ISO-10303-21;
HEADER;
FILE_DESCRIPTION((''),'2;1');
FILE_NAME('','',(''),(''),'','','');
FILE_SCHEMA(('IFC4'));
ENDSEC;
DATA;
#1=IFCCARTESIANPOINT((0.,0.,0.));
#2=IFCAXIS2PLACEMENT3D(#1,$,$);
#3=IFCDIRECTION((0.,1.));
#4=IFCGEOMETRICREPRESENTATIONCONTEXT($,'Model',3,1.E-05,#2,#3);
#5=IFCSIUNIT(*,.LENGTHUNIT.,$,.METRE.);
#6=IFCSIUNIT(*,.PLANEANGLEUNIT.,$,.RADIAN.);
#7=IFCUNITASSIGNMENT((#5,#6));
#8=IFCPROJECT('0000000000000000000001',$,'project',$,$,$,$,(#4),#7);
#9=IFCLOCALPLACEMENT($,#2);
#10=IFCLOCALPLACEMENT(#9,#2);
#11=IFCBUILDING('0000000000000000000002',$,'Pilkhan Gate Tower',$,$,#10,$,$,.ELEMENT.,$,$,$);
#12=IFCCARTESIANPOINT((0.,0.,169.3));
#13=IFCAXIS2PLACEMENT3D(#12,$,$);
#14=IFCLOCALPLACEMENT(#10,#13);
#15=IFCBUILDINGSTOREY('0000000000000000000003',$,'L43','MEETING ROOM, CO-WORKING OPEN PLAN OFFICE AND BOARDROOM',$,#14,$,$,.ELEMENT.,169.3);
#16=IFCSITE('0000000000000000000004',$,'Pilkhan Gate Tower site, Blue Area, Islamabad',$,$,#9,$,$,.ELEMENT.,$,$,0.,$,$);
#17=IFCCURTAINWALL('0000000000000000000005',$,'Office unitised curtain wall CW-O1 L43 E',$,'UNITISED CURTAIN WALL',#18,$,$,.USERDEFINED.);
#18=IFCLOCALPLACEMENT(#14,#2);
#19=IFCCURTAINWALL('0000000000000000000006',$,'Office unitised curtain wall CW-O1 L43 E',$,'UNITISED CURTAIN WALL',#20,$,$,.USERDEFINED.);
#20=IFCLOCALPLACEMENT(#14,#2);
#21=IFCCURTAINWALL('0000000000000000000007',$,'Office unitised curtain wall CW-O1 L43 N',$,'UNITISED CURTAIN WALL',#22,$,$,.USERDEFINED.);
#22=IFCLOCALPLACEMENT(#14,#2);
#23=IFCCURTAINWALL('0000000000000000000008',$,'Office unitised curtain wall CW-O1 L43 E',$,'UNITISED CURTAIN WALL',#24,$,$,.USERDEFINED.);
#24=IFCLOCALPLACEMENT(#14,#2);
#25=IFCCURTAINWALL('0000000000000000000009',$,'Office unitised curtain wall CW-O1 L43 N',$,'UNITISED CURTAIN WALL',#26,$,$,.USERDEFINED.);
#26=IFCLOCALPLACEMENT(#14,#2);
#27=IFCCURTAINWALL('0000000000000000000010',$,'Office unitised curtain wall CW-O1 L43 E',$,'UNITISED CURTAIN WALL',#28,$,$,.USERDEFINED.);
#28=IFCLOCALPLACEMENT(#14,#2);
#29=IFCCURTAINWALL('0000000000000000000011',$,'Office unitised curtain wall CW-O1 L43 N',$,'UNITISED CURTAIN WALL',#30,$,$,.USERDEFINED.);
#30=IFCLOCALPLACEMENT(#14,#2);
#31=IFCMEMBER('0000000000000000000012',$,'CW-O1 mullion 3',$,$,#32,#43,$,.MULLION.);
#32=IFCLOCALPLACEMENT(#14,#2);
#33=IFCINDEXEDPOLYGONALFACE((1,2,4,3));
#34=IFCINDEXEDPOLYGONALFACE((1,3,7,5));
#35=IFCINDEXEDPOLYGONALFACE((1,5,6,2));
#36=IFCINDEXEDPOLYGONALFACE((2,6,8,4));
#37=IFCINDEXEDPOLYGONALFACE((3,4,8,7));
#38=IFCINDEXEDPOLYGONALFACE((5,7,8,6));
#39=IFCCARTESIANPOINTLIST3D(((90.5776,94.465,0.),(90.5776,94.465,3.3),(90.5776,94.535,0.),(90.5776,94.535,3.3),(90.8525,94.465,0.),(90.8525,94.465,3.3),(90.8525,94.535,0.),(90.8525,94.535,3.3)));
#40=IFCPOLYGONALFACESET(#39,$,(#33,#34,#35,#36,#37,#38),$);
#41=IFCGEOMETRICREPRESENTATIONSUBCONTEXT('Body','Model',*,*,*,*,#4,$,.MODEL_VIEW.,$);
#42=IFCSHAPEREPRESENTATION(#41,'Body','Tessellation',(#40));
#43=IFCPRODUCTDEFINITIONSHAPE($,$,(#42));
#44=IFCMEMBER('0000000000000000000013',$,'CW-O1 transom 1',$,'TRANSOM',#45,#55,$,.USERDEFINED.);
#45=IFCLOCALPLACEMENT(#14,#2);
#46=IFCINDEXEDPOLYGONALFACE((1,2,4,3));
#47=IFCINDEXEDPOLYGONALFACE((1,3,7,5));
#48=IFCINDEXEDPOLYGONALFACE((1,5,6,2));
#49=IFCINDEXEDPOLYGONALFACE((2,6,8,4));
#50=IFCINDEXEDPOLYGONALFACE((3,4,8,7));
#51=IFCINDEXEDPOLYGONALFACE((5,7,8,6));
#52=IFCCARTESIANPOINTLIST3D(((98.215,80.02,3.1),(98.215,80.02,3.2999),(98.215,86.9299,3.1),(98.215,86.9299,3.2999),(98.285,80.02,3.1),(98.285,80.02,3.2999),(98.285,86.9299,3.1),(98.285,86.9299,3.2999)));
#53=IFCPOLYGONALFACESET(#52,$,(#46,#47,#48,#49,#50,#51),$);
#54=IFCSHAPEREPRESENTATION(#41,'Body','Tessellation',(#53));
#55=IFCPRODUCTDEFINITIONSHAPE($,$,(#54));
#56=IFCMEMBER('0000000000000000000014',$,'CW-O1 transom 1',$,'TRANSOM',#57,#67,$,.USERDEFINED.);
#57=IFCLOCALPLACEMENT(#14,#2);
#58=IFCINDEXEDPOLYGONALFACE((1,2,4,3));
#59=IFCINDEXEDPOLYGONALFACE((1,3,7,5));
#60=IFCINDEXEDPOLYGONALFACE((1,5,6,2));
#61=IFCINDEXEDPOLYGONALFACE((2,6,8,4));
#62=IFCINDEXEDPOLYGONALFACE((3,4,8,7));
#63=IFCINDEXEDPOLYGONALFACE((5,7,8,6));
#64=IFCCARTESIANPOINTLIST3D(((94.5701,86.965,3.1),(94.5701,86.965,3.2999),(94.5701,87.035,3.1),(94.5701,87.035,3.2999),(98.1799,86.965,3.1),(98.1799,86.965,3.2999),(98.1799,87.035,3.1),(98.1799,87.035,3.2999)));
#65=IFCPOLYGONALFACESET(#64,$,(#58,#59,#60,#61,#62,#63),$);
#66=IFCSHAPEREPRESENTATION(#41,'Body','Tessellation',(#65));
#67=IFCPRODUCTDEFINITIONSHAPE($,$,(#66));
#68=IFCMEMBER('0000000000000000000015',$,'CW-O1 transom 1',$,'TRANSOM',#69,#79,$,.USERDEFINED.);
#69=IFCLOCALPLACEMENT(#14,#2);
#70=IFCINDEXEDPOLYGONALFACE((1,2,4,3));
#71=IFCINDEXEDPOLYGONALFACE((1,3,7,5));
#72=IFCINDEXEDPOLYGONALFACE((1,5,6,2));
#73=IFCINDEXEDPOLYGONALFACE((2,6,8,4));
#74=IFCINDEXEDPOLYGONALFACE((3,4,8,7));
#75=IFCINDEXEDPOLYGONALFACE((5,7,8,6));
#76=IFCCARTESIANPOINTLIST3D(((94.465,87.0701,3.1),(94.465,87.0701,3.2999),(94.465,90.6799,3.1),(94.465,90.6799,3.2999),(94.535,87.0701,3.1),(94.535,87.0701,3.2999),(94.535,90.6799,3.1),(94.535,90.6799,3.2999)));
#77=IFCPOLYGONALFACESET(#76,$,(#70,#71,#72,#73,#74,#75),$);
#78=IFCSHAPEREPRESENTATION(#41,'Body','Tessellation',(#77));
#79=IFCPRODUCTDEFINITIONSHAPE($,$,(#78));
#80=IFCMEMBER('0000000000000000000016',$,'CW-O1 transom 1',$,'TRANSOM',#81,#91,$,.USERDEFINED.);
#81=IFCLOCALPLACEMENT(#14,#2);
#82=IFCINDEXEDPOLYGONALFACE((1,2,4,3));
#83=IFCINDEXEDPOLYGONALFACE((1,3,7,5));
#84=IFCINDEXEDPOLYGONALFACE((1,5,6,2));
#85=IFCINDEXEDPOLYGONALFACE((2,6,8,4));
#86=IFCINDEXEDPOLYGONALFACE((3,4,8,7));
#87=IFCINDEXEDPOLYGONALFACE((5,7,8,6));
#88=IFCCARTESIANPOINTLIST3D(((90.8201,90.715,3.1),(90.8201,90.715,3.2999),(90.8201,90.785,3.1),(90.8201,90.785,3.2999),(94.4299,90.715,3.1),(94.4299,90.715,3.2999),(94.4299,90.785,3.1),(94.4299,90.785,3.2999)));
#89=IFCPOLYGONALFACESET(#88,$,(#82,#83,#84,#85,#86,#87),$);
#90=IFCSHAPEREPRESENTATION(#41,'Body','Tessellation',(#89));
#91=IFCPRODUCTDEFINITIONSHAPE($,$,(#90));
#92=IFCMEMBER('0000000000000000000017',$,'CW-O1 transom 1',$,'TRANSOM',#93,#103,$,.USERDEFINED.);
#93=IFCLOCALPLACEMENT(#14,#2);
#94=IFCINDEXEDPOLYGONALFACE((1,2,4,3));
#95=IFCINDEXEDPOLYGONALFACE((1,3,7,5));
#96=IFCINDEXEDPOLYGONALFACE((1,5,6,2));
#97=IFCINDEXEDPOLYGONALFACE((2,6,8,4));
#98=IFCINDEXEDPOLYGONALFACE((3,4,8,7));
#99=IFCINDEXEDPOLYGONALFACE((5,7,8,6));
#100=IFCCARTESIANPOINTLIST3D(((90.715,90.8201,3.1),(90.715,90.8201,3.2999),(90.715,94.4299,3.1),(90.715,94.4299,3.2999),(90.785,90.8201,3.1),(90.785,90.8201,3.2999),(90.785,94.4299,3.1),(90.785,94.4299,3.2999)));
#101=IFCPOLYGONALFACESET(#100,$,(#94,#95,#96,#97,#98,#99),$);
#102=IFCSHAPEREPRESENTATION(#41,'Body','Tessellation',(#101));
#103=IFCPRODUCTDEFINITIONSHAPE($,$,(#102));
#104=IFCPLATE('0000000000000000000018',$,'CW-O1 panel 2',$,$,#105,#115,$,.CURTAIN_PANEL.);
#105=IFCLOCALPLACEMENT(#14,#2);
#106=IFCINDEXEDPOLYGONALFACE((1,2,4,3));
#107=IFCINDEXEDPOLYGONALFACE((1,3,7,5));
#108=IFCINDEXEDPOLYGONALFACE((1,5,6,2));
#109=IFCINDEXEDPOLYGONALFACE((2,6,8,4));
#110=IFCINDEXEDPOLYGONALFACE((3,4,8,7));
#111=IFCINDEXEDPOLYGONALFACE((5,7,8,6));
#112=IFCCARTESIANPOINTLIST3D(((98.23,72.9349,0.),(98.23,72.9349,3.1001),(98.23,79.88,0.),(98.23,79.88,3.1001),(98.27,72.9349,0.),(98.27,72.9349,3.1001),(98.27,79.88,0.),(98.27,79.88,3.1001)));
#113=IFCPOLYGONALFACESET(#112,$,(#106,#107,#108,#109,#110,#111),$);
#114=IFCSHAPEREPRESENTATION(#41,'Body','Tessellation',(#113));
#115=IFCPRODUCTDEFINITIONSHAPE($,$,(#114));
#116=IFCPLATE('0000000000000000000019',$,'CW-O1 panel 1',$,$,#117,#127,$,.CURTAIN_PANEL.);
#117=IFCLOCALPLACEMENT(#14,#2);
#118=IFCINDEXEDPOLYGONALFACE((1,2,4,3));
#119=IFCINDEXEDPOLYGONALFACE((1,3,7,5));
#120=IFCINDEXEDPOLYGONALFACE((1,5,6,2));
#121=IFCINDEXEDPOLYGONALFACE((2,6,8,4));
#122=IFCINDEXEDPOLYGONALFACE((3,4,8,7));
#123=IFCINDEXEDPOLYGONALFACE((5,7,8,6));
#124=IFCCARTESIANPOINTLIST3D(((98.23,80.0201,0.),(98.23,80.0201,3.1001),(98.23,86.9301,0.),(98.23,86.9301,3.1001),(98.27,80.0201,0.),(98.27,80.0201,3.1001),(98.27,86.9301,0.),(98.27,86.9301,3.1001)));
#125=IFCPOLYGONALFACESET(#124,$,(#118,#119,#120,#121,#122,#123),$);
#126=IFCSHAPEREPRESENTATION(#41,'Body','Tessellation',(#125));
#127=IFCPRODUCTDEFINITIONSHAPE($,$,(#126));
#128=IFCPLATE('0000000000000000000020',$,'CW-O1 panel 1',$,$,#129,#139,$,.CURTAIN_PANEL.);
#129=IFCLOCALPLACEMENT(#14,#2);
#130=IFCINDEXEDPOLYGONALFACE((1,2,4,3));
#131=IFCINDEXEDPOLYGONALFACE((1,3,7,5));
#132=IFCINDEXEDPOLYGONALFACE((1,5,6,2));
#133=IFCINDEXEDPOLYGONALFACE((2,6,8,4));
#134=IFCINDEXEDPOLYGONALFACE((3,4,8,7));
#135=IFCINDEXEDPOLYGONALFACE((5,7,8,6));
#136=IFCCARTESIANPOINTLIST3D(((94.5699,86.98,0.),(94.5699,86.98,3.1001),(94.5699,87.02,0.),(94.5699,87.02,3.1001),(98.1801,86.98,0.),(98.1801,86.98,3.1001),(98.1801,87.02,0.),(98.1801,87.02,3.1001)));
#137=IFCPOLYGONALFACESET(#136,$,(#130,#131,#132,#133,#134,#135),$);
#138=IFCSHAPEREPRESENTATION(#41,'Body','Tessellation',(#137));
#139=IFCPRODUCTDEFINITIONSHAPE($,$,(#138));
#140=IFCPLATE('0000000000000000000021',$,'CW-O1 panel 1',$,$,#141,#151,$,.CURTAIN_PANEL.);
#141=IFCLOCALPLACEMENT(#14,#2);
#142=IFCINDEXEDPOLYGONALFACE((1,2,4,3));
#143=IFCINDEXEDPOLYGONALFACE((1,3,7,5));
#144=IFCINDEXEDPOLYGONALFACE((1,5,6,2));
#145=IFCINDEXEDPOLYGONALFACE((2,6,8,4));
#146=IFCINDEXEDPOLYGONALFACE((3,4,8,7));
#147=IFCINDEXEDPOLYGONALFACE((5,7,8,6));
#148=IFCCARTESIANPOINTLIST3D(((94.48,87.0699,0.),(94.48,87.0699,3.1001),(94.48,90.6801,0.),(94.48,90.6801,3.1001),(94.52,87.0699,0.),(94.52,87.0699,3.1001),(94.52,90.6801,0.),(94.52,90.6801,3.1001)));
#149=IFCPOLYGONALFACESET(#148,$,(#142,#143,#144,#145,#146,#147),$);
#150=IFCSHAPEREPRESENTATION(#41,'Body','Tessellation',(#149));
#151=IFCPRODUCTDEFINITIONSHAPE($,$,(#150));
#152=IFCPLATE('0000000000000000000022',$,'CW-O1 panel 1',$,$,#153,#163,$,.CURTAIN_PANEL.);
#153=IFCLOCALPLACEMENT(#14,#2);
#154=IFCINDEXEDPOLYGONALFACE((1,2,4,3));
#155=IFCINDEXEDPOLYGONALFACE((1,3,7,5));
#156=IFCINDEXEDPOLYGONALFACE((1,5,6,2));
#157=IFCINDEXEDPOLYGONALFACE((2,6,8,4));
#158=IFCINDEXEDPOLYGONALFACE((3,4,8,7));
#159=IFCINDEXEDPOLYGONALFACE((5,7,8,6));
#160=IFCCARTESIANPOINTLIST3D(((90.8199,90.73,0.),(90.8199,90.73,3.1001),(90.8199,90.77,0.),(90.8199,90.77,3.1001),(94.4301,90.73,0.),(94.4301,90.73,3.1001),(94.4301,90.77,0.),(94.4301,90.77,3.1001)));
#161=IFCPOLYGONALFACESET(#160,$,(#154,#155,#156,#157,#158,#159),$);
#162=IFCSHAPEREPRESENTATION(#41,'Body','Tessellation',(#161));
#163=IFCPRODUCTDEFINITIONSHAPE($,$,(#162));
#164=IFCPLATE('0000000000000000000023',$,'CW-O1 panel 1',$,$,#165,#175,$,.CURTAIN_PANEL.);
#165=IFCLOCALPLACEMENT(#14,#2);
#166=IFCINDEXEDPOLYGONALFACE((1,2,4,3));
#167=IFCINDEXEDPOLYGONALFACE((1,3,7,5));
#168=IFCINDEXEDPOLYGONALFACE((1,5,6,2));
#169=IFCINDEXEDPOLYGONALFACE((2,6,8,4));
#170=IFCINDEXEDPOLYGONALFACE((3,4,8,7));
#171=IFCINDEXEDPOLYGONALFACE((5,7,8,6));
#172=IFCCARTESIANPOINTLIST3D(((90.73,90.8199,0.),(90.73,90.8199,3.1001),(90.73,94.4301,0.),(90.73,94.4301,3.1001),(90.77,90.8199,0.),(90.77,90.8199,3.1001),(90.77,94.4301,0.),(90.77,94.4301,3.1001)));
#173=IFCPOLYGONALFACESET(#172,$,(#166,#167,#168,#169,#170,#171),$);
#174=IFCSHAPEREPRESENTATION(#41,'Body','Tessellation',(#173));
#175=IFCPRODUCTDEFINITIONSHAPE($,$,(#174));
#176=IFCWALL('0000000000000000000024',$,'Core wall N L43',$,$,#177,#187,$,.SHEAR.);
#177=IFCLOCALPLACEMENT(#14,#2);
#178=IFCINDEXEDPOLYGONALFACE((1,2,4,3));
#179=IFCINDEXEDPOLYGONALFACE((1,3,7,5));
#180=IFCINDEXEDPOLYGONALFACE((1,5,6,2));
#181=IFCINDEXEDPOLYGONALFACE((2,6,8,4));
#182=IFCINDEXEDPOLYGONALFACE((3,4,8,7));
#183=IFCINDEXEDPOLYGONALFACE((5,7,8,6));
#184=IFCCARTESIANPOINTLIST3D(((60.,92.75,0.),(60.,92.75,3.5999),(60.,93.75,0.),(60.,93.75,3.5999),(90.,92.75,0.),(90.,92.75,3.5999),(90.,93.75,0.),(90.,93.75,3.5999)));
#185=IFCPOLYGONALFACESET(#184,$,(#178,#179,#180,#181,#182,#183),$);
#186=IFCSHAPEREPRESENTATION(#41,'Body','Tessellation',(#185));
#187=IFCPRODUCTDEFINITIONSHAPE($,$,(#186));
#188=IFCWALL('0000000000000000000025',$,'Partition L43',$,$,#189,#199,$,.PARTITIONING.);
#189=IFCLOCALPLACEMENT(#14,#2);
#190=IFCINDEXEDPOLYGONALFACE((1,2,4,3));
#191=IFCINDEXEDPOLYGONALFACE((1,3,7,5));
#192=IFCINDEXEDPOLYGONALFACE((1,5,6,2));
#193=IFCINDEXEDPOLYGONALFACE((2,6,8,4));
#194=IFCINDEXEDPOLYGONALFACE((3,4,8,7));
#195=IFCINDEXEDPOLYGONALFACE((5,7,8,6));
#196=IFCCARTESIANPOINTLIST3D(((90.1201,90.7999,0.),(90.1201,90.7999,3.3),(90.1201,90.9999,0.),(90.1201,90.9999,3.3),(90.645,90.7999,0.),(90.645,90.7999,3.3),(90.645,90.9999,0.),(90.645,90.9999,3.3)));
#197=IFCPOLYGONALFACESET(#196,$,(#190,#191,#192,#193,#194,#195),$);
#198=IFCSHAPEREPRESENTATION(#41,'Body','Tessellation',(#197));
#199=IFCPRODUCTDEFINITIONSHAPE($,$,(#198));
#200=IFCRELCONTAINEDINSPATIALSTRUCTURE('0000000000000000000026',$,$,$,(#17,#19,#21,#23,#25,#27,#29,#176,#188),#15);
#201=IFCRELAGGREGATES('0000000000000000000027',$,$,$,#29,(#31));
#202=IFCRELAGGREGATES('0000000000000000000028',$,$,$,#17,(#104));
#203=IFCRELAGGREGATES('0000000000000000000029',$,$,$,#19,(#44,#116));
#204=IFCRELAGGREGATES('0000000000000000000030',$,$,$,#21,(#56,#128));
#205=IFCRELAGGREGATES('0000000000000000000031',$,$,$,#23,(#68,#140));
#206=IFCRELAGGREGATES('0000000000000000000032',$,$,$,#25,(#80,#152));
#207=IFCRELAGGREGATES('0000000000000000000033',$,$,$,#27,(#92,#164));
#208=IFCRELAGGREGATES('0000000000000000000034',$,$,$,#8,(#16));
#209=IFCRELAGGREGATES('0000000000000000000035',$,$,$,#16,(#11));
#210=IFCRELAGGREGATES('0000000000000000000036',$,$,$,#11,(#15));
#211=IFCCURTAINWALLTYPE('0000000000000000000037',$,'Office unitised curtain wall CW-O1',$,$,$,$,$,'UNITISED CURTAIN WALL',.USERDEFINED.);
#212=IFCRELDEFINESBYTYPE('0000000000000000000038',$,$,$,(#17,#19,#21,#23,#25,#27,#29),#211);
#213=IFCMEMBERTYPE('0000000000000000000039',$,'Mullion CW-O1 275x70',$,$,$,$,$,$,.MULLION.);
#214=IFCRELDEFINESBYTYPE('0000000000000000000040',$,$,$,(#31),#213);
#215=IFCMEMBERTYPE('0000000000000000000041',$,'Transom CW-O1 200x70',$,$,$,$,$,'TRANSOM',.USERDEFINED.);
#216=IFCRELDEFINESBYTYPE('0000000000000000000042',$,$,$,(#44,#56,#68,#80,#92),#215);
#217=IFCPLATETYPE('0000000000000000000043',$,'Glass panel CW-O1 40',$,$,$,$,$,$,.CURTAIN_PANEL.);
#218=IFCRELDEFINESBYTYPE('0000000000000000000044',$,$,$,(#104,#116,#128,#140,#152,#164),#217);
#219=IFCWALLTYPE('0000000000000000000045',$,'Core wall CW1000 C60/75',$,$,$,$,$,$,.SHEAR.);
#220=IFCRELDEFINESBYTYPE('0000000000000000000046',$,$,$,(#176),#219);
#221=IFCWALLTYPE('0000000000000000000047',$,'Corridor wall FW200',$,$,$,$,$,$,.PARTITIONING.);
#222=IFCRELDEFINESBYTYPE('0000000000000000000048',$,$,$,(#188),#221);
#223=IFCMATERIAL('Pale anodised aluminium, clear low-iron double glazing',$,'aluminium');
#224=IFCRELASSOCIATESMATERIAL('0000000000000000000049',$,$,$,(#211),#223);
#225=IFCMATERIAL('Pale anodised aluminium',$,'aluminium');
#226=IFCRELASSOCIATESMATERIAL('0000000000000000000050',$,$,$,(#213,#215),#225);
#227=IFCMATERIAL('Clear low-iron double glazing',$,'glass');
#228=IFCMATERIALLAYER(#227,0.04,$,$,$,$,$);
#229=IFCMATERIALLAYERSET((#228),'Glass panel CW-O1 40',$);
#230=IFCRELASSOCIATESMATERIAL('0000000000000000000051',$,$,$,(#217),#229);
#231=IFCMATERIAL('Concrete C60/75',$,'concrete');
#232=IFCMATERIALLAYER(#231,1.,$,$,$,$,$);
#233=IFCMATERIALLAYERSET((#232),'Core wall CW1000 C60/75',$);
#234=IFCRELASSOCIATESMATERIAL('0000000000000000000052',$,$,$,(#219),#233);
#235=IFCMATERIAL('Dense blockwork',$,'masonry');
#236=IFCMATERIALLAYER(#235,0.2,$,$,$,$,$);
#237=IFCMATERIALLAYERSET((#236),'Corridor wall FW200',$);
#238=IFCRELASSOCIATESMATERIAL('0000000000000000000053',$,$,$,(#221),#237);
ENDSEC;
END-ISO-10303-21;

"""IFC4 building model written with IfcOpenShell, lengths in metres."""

from ifc_helpers import new_model, si_unit, direction, frame, frame_2d, origin, origin_2d, place, context, subcontext, project, spatial, rectangle, extrude, material, layer, layer_set, material_profile, profile_set, type_object, element, aggregate, save


model = new_model("IFC4")

# Units and contexts
model_context = context("Model", 3, precision=1e-05, world=origin(), true_north=direction((0.0, 1.0)))
body_context = subcontext(model_context, "Body", "Model", "MODEL_VIEW")
ifc_project = project(units=[si_unit("LENGTHUNIT", "METRE"), si_unit("PLANEANGLEUNIT", "RADIAN")], contexts=[model_context])

# Site, building, storey
site_placement = place(None, origin())
site = spatial("IfcSite", under=ifc_project, at=site_placement, Name="Pilkhan Gate Tower site, Blue Area, Islamabad", CompositionType="ELEMENT", RefElevation=0.0)
building_placement = place(site_placement, origin())
building = spatial("IfcBuilding", under=site, at=building_placement, Name="Pilkhan Gate Tower", CompositionType="ELEMENT")
storey_placement = place(building_placement, frame((0.0, 0.0, 169.3)))
storey = spatial("IfcBuildingStorey", under=building, at=storey_placement, Name="L43", Description="MEETING ROOM, CO-WORKING OPEN PLAN OFFICE AND BOARDROOM", CompositionType="ELEMENT", Elevation=169.3)

# Shared definitions
ifc_material_1 = material(Name="Concrete C60/75", Category="concrete")

# Curtain wall
ifc_material_2 = material(Name="Pale anodised aluminium, clear low-iron double glazing", Category="aluminium")
curtain_wall_type = type_object("IfcCurtainWallType", Name="Office unitised curtain wall CW-O1", ElementType="UNITISED CURTAIN WALL", PredefinedType="USERDEFINED", material=ifc_material_2)
curtain_wall_1_placement = place(storey_placement, origin())
curtain_wall_1 = element("IfcCurtainWall", 1, at=curtain_wall_1_placement, inside=storey, type_object=curtain_wall_type, Name="Office unitised curtain wall CW-O1 L43 E", ObjectType="UNITISED CURTAIN WALL", PredefinedType="USERDEFINED")
ifc_material_3 = material(Name="Pale anodised aluminium", Category="aluminium")
ifc_material_profile_1 = material_profile(ifc_material_3, rectangle(XDim=0.0701, YDim=0.2749, at=origin_2d()), Name="Mullion 275x70")
ifc_profile_set_1 = profile_set([ifc_material_profile_1], Name="Pale anodised aluminium")
member_type_1 = type_object("IfcMemberType", Name="Mullion CW-O1 275x70", PredefinedType="MULLION", material=ifc_profile_set_1)

# Curtain walls
curtain_wall_2_placement = place(storey_placement, origin())
curtain_wall_2 = element("IfcCurtainWall", 2, at=curtain_wall_2_placement, inside=storey, type_object=curtain_wall_type, Name="Office unitised curtain wall CW-O1 L43 E", ObjectType="UNITISED CURTAIN WALL", PredefinedType="USERDEFINED")
curtain_wall_3_placement = place(storey_placement, origin())
curtain_wall_3 = element("IfcCurtainWall", 3, at=curtain_wall_3_placement, inside=storey, type_object=curtain_wall_type, Name="Office unitised curtain wall CW-O1 L43 N", ObjectType="UNITISED CURTAIN WALL", PredefinedType="USERDEFINED")
curtain_wall_4_placement = place(storey_placement, origin())
curtain_wall_4 = element("IfcCurtainWall", 4, at=curtain_wall_4_placement, inside=storey, type_object=curtain_wall_type, Name="Office unitised curtain wall CW-O1 L43 E", ObjectType="UNITISED CURTAIN WALL", PredefinedType="USERDEFINED")
curtain_wall_5_placement = place(storey_placement, origin())
curtain_wall_5 = element("IfcCurtainWall", 5, at=curtain_wall_5_placement, inside=storey, type_object=curtain_wall_type, Name="Office unitised curtain wall CW-O1 L43 N", ObjectType="UNITISED CURTAIN WALL", PredefinedType="USERDEFINED")
curtain_wall_6_placement = place(storey_placement, origin())
curtain_wall_6 = element("IfcCurtainWall", 6, at=curtain_wall_6_placement, inside=storey, type_object=curtain_wall_type, Name="Office unitised curtain wall CW-O1 L43 E", ObjectType="UNITISED CURTAIN WALL", PredefinedType="USERDEFINED")

# Curtain wall, member
curtain_wall_7_placement = place(storey_placement, origin())
curtain_wall_7 = element("IfcCurtainWall", 7, at=curtain_wall_7_placement, inside=storey, type_object=curtain_wall_type, Name="Office unitised curtain wall CW-O1 L43 N", ObjectType="UNITISED CURTAIN WALL", PredefinedType="USERDEFINED")
member_1_placement = place(storey_placement, frame((90.7151, 94.5, 0.0), z_axis=(0.0, 0.0, 1.0), x_axis=(0.0, 1.0, 0.0)))
member_1 = element("IfcMember", 8, at=member_1_placement, type_object=member_type_1, Name="CW-O1 mullion 3", PredefinedType="MULLION", context=body_context, shape_type="SweptSolid", body=[
    extrude(rectangle(XDim=0.0701, YDim=0.2749, at=origin_2d()), origin(), (0.0, 0.0, 1.0), 3.3),
])
aggregate(curtain_wall_7, [member_1])

# Members
ifc_material_profile_2 = material_profile(ifc_material_3, rectangle(XDim=0.0701, YDim=0.2, at=origin_2d()), Name="Transom 200x70")
ifc_profile_set_2 = profile_set([ifc_material_profile_2], Name="Pale anodised aluminium")
member_type_2 = type_object("IfcMemberType", Name="Transom CW-O1 200x70", ElementType="TRANSOM", PredefinedType="USERDEFINED", material=ifc_profile_set_2)
member_2_placement = place(storey_placement, frame((98.25, 80.02, 3.2), z_axis=(0.0, 1.0, 0.0), x_axis=(-1.0, 0.0, 0.0)))
member_2 = element("IfcMember", 9, at=member_2_placement, type_object=member_type_2, Name="CW-O1 transom 1", ObjectType="TRANSOM", PredefinedType="USERDEFINED", context=body_context, shape_type="SweptSolid", body=[
    extrude(rectangle(XDim=0.0701, YDim=0.2, at=origin_2d()), origin(), (0.0, 0.0, 1.0), 6.9099),
])
member_3_placement = place(storey_placement, frame((94.5701, 87.0, 3.2), z_axis=(1.0, 0.0, 0.0), x_axis=(0.0, 1.0, 0.0)))
member_3 = element("IfcMember", 10, at=member_3_placement, type_object=member_type_2, Name="CW-O1 transom 1", ObjectType="TRANSOM", PredefinedType="USERDEFINED", context=body_context, shape_type="SweptSolid", body=[
    extrude(rectangle(XDim=0.0701, YDim=0.2, at=origin_2d()), origin(), (0.0, 0.0, 1.0), 3.6099),
])
member_4_placement = place(storey_placement, frame((94.5, 87.0701, 3.2), z_axis=(0.0, 1.0, 0.0), x_axis=(-1.0, 0.0, 0.0)))
member_4 = element("IfcMember", 11, at=member_4_placement, type_object=member_type_2, Name="CW-O1 transom 1", ObjectType="TRANSOM", PredefinedType="USERDEFINED", context=body_context, shape_type="SweptSolid", body=[
    extrude(rectangle(XDim=0.0701, YDim=0.2, at=origin_2d()), origin(), (0.0, 0.0, 1.0), 3.6099),
])
member_5_placement = place(storey_placement, frame((90.8201, 90.75, 3.2), z_axis=(1.0, 0.0, 0.0), x_axis=(0.0, 1.0, 0.0)))
member_5 = element("IfcMember", 12, at=member_5_placement, type_object=member_type_2, Name="CW-O1 transom 1", ObjectType="TRANSOM", PredefinedType="USERDEFINED", context=body_context, shape_type="SweptSolid", body=[
    extrude(rectangle(XDim=0.0701, YDim=0.2, at=origin_2d()), origin(), (0.0, 0.0, 1.0), 3.6099),
])
member_6_placement = place(storey_placement, frame((90.75, 90.8201, 3.2), z_axis=(0.0, 1.0, 0.0), x_axis=(-1.0, 0.0, 0.0)))
member_6 = element("IfcMember", 13, at=member_6_placement, type_object=member_type_2, Name="CW-O1 transom 1", ObjectType="TRANSOM", PredefinedType="USERDEFINED", context=body_context, shape_type="SweptSolid", body=[
    extrude(rectangle(XDim=0.0701, YDim=0.2, at=origin_2d()), origin(), (0.0, 0.0, 1.0), 3.6099),
])

# Plates
ifc_material_4 = material(Name="Clear low-iron double glazing", Category="glass")
ifc_layer_1 = layer(ifc_material_4, 0.04)
ifc_layer_set_1 = layer_set([ifc_layer_1], Name="Glass panel CW-O1 40")
plate_type = type_object("IfcPlateType", Name="Glass panel CW-O1 40", PredefinedType="CURTAIN_PANEL", material=ifc_layer_set_1)
plate_1_placement = place(storey_placement, frame((98.25, 76.4075, 0.0), z_axis=(0.0, 0.0, 1.0), x_axis=(0.0, 1.0, 0.0)))
plate_1 = element("IfcPlate", 14, at=plate_1_placement, type_object=plate_type, Name="CW-O1 panel 2", PredefinedType="CURTAIN_PANEL", context=body_context, shape_type="SweptSolid", body=[
    extrude(rectangle(XDim=6.9451, YDim=0.04, at=origin_2d()), origin(), (0.0, 0.0, 1.0), 3.1001),
])
aggregate(curtain_wall_1, [plate_1])
plate_2_placement = place(storey_placement, frame((98.25, 83.4751, 0.0), z_axis=(0.0, 0.0, 1.0), x_axis=(0.0, 1.0, 0.0)))
plate_2 = element("IfcPlate", 15, at=plate_2_placement, type_object=plate_type, Name="CW-O1 panel 1", PredefinedType="CURTAIN_PANEL", context=body_context, shape_type="SweptSolid", body=[
    extrude(rectangle(XDim=6.9099, YDim=0.04, at=origin_2d()), origin(), (0.0, 0.0, 1.0), 3.1001),
])
aggregate(curtain_wall_2, [member_2, plate_2])
plate_3_placement = place(storey_placement, frame((96.375, 87.0, 0.0), z_axis=(0.0, 0.0, 1.0), x_axis=(1.0, 0.0, 0.0)))
plate_3 = element("IfcPlate", 16, at=plate_3_placement, type_object=plate_type, Name="CW-O1 panel 1", PredefinedType="CURTAIN_PANEL", context=body_context, shape_type="SweptSolid", body=[
    extrude(rectangle(XDim=3.6101, YDim=0.04, at=origin_2d()), origin(), (0.0, 0.0, 1.0), 3.1001),
])
aggregate(curtain_wall_3, [member_3, plate_3])
plate_4_placement = place(storey_placement, frame((94.5, 88.875, 0.0), z_axis=(0.0, 0.0, 1.0), x_axis=(0.0, 1.0, 0.0)))
plate_4 = element("IfcPlate", 17, at=plate_4_placement, type_object=plate_type, Name="CW-O1 panel 1", PredefinedType="CURTAIN_PANEL", context=body_context, shape_type="SweptSolid", body=[
    extrude(rectangle(XDim=3.6101, YDim=0.04, at=origin_2d()), origin(), (0.0, 0.0, 1.0), 3.1001),
])
aggregate(curtain_wall_4, [member_4, plate_4])
plate_5_placement = place(storey_placement, frame((92.625, 90.75, 0.0), z_axis=(0.0, 0.0, 1.0), x_axis=(1.0, 0.0, 0.0)))
plate_5 = element("IfcPlate", 18, at=plate_5_placement, type_object=plate_type, Name="CW-O1 panel 1", PredefinedType="CURTAIN_PANEL", context=body_context, shape_type="SweptSolid", body=[
    extrude(rectangle(XDim=3.6101, YDim=0.04, at=origin_2d()), origin(), (0.0, 0.0, 1.0), 3.1001),
])
aggregate(curtain_wall_5, [member_5, plate_5])
plate_6_placement = place(storey_placement, frame((90.75, 92.625, 0.0), z_axis=(0.0, 0.0, 1.0), x_axis=(0.0, 1.0, 0.0)))
plate_6 = element("IfcPlate", 19, at=plate_6_placement, type_object=plate_type, Name="CW-O1 panel 1", PredefinedType="CURTAIN_PANEL", context=body_context, shape_type="SweptSolid", body=[
    extrude(rectangle(XDim=3.6101, YDim=0.04, at=origin_2d()), origin(), (0.0, 0.0, 1.0), 3.1001),
])
aggregate(curtain_wall_6, [member_6, plate_6])

# Walls
ifc_layer_2 = layer(ifc_material_1, 1.0)
ifc_layer_set_2 = layer_set([ifc_layer_2], Name="Core wall CW1000 C60/75")
wall_type_1 = type_object("IfcWallType", Name="Core wall CW1000 C60/75", PredefinedType="SHEAR", material=ifc_layer_set_2)
wall_1_placement = place(storey_placement, frame((90.0, 93.25, 0.0), z_axis=(0.0, 0.0, 1.0), x_axis=(-1.0, 0.0, 0.0)))
element("IfcWall", 20, at=wall_1_placement, inside=storey, type_object=wall_type_1, Name="Core wall N L43", PredefinedType="SHEAR", context=body_context, shape_type="SweptSolid", body=[
    extrude(rectangle(XDim=30.0, YDim=1.0, at=frame_2d((15.0, 0.0))), origin(), (0.0, 0.0, 1.0), 3.5999),
])
ifc_material_5 = material(Name="Dense blockwork", Category="masonry")
ifc_layer_3 = layer(ifc_material_5, 0.2)
ifc_layer_set_3 = layer_set([ifc_layer_3], Name="Corridor wall FW200")
wall_type_2 = type_object("IfcWallType", Name="Corridor wall FW200", PredefinedType="PARTITIONING", material=ifc_layer_set_3)
wall_2_placement = place(storey_placement, frame((90.1201, 90.8999, 0.0), z_axis=(0.0, 0.0, 1.0), x_axis=(1.0, 0.0, 0.0)))
element("IfcWall", 21, at=wall_2_placement, inside=storey, type_object=wall_type_2, Name="Partition L43", PredefinedType="PARTITIONING", context=body_context, shape_type="SweptSolid", body=[
    extrude(rectangle(XDim=0.5249, YDim=0.2, at=frame_2d((0.2625, 0.0))), origin(), (0.0, 0.0, 1.0), 3.3),
])

save(model, "model.ifc")
